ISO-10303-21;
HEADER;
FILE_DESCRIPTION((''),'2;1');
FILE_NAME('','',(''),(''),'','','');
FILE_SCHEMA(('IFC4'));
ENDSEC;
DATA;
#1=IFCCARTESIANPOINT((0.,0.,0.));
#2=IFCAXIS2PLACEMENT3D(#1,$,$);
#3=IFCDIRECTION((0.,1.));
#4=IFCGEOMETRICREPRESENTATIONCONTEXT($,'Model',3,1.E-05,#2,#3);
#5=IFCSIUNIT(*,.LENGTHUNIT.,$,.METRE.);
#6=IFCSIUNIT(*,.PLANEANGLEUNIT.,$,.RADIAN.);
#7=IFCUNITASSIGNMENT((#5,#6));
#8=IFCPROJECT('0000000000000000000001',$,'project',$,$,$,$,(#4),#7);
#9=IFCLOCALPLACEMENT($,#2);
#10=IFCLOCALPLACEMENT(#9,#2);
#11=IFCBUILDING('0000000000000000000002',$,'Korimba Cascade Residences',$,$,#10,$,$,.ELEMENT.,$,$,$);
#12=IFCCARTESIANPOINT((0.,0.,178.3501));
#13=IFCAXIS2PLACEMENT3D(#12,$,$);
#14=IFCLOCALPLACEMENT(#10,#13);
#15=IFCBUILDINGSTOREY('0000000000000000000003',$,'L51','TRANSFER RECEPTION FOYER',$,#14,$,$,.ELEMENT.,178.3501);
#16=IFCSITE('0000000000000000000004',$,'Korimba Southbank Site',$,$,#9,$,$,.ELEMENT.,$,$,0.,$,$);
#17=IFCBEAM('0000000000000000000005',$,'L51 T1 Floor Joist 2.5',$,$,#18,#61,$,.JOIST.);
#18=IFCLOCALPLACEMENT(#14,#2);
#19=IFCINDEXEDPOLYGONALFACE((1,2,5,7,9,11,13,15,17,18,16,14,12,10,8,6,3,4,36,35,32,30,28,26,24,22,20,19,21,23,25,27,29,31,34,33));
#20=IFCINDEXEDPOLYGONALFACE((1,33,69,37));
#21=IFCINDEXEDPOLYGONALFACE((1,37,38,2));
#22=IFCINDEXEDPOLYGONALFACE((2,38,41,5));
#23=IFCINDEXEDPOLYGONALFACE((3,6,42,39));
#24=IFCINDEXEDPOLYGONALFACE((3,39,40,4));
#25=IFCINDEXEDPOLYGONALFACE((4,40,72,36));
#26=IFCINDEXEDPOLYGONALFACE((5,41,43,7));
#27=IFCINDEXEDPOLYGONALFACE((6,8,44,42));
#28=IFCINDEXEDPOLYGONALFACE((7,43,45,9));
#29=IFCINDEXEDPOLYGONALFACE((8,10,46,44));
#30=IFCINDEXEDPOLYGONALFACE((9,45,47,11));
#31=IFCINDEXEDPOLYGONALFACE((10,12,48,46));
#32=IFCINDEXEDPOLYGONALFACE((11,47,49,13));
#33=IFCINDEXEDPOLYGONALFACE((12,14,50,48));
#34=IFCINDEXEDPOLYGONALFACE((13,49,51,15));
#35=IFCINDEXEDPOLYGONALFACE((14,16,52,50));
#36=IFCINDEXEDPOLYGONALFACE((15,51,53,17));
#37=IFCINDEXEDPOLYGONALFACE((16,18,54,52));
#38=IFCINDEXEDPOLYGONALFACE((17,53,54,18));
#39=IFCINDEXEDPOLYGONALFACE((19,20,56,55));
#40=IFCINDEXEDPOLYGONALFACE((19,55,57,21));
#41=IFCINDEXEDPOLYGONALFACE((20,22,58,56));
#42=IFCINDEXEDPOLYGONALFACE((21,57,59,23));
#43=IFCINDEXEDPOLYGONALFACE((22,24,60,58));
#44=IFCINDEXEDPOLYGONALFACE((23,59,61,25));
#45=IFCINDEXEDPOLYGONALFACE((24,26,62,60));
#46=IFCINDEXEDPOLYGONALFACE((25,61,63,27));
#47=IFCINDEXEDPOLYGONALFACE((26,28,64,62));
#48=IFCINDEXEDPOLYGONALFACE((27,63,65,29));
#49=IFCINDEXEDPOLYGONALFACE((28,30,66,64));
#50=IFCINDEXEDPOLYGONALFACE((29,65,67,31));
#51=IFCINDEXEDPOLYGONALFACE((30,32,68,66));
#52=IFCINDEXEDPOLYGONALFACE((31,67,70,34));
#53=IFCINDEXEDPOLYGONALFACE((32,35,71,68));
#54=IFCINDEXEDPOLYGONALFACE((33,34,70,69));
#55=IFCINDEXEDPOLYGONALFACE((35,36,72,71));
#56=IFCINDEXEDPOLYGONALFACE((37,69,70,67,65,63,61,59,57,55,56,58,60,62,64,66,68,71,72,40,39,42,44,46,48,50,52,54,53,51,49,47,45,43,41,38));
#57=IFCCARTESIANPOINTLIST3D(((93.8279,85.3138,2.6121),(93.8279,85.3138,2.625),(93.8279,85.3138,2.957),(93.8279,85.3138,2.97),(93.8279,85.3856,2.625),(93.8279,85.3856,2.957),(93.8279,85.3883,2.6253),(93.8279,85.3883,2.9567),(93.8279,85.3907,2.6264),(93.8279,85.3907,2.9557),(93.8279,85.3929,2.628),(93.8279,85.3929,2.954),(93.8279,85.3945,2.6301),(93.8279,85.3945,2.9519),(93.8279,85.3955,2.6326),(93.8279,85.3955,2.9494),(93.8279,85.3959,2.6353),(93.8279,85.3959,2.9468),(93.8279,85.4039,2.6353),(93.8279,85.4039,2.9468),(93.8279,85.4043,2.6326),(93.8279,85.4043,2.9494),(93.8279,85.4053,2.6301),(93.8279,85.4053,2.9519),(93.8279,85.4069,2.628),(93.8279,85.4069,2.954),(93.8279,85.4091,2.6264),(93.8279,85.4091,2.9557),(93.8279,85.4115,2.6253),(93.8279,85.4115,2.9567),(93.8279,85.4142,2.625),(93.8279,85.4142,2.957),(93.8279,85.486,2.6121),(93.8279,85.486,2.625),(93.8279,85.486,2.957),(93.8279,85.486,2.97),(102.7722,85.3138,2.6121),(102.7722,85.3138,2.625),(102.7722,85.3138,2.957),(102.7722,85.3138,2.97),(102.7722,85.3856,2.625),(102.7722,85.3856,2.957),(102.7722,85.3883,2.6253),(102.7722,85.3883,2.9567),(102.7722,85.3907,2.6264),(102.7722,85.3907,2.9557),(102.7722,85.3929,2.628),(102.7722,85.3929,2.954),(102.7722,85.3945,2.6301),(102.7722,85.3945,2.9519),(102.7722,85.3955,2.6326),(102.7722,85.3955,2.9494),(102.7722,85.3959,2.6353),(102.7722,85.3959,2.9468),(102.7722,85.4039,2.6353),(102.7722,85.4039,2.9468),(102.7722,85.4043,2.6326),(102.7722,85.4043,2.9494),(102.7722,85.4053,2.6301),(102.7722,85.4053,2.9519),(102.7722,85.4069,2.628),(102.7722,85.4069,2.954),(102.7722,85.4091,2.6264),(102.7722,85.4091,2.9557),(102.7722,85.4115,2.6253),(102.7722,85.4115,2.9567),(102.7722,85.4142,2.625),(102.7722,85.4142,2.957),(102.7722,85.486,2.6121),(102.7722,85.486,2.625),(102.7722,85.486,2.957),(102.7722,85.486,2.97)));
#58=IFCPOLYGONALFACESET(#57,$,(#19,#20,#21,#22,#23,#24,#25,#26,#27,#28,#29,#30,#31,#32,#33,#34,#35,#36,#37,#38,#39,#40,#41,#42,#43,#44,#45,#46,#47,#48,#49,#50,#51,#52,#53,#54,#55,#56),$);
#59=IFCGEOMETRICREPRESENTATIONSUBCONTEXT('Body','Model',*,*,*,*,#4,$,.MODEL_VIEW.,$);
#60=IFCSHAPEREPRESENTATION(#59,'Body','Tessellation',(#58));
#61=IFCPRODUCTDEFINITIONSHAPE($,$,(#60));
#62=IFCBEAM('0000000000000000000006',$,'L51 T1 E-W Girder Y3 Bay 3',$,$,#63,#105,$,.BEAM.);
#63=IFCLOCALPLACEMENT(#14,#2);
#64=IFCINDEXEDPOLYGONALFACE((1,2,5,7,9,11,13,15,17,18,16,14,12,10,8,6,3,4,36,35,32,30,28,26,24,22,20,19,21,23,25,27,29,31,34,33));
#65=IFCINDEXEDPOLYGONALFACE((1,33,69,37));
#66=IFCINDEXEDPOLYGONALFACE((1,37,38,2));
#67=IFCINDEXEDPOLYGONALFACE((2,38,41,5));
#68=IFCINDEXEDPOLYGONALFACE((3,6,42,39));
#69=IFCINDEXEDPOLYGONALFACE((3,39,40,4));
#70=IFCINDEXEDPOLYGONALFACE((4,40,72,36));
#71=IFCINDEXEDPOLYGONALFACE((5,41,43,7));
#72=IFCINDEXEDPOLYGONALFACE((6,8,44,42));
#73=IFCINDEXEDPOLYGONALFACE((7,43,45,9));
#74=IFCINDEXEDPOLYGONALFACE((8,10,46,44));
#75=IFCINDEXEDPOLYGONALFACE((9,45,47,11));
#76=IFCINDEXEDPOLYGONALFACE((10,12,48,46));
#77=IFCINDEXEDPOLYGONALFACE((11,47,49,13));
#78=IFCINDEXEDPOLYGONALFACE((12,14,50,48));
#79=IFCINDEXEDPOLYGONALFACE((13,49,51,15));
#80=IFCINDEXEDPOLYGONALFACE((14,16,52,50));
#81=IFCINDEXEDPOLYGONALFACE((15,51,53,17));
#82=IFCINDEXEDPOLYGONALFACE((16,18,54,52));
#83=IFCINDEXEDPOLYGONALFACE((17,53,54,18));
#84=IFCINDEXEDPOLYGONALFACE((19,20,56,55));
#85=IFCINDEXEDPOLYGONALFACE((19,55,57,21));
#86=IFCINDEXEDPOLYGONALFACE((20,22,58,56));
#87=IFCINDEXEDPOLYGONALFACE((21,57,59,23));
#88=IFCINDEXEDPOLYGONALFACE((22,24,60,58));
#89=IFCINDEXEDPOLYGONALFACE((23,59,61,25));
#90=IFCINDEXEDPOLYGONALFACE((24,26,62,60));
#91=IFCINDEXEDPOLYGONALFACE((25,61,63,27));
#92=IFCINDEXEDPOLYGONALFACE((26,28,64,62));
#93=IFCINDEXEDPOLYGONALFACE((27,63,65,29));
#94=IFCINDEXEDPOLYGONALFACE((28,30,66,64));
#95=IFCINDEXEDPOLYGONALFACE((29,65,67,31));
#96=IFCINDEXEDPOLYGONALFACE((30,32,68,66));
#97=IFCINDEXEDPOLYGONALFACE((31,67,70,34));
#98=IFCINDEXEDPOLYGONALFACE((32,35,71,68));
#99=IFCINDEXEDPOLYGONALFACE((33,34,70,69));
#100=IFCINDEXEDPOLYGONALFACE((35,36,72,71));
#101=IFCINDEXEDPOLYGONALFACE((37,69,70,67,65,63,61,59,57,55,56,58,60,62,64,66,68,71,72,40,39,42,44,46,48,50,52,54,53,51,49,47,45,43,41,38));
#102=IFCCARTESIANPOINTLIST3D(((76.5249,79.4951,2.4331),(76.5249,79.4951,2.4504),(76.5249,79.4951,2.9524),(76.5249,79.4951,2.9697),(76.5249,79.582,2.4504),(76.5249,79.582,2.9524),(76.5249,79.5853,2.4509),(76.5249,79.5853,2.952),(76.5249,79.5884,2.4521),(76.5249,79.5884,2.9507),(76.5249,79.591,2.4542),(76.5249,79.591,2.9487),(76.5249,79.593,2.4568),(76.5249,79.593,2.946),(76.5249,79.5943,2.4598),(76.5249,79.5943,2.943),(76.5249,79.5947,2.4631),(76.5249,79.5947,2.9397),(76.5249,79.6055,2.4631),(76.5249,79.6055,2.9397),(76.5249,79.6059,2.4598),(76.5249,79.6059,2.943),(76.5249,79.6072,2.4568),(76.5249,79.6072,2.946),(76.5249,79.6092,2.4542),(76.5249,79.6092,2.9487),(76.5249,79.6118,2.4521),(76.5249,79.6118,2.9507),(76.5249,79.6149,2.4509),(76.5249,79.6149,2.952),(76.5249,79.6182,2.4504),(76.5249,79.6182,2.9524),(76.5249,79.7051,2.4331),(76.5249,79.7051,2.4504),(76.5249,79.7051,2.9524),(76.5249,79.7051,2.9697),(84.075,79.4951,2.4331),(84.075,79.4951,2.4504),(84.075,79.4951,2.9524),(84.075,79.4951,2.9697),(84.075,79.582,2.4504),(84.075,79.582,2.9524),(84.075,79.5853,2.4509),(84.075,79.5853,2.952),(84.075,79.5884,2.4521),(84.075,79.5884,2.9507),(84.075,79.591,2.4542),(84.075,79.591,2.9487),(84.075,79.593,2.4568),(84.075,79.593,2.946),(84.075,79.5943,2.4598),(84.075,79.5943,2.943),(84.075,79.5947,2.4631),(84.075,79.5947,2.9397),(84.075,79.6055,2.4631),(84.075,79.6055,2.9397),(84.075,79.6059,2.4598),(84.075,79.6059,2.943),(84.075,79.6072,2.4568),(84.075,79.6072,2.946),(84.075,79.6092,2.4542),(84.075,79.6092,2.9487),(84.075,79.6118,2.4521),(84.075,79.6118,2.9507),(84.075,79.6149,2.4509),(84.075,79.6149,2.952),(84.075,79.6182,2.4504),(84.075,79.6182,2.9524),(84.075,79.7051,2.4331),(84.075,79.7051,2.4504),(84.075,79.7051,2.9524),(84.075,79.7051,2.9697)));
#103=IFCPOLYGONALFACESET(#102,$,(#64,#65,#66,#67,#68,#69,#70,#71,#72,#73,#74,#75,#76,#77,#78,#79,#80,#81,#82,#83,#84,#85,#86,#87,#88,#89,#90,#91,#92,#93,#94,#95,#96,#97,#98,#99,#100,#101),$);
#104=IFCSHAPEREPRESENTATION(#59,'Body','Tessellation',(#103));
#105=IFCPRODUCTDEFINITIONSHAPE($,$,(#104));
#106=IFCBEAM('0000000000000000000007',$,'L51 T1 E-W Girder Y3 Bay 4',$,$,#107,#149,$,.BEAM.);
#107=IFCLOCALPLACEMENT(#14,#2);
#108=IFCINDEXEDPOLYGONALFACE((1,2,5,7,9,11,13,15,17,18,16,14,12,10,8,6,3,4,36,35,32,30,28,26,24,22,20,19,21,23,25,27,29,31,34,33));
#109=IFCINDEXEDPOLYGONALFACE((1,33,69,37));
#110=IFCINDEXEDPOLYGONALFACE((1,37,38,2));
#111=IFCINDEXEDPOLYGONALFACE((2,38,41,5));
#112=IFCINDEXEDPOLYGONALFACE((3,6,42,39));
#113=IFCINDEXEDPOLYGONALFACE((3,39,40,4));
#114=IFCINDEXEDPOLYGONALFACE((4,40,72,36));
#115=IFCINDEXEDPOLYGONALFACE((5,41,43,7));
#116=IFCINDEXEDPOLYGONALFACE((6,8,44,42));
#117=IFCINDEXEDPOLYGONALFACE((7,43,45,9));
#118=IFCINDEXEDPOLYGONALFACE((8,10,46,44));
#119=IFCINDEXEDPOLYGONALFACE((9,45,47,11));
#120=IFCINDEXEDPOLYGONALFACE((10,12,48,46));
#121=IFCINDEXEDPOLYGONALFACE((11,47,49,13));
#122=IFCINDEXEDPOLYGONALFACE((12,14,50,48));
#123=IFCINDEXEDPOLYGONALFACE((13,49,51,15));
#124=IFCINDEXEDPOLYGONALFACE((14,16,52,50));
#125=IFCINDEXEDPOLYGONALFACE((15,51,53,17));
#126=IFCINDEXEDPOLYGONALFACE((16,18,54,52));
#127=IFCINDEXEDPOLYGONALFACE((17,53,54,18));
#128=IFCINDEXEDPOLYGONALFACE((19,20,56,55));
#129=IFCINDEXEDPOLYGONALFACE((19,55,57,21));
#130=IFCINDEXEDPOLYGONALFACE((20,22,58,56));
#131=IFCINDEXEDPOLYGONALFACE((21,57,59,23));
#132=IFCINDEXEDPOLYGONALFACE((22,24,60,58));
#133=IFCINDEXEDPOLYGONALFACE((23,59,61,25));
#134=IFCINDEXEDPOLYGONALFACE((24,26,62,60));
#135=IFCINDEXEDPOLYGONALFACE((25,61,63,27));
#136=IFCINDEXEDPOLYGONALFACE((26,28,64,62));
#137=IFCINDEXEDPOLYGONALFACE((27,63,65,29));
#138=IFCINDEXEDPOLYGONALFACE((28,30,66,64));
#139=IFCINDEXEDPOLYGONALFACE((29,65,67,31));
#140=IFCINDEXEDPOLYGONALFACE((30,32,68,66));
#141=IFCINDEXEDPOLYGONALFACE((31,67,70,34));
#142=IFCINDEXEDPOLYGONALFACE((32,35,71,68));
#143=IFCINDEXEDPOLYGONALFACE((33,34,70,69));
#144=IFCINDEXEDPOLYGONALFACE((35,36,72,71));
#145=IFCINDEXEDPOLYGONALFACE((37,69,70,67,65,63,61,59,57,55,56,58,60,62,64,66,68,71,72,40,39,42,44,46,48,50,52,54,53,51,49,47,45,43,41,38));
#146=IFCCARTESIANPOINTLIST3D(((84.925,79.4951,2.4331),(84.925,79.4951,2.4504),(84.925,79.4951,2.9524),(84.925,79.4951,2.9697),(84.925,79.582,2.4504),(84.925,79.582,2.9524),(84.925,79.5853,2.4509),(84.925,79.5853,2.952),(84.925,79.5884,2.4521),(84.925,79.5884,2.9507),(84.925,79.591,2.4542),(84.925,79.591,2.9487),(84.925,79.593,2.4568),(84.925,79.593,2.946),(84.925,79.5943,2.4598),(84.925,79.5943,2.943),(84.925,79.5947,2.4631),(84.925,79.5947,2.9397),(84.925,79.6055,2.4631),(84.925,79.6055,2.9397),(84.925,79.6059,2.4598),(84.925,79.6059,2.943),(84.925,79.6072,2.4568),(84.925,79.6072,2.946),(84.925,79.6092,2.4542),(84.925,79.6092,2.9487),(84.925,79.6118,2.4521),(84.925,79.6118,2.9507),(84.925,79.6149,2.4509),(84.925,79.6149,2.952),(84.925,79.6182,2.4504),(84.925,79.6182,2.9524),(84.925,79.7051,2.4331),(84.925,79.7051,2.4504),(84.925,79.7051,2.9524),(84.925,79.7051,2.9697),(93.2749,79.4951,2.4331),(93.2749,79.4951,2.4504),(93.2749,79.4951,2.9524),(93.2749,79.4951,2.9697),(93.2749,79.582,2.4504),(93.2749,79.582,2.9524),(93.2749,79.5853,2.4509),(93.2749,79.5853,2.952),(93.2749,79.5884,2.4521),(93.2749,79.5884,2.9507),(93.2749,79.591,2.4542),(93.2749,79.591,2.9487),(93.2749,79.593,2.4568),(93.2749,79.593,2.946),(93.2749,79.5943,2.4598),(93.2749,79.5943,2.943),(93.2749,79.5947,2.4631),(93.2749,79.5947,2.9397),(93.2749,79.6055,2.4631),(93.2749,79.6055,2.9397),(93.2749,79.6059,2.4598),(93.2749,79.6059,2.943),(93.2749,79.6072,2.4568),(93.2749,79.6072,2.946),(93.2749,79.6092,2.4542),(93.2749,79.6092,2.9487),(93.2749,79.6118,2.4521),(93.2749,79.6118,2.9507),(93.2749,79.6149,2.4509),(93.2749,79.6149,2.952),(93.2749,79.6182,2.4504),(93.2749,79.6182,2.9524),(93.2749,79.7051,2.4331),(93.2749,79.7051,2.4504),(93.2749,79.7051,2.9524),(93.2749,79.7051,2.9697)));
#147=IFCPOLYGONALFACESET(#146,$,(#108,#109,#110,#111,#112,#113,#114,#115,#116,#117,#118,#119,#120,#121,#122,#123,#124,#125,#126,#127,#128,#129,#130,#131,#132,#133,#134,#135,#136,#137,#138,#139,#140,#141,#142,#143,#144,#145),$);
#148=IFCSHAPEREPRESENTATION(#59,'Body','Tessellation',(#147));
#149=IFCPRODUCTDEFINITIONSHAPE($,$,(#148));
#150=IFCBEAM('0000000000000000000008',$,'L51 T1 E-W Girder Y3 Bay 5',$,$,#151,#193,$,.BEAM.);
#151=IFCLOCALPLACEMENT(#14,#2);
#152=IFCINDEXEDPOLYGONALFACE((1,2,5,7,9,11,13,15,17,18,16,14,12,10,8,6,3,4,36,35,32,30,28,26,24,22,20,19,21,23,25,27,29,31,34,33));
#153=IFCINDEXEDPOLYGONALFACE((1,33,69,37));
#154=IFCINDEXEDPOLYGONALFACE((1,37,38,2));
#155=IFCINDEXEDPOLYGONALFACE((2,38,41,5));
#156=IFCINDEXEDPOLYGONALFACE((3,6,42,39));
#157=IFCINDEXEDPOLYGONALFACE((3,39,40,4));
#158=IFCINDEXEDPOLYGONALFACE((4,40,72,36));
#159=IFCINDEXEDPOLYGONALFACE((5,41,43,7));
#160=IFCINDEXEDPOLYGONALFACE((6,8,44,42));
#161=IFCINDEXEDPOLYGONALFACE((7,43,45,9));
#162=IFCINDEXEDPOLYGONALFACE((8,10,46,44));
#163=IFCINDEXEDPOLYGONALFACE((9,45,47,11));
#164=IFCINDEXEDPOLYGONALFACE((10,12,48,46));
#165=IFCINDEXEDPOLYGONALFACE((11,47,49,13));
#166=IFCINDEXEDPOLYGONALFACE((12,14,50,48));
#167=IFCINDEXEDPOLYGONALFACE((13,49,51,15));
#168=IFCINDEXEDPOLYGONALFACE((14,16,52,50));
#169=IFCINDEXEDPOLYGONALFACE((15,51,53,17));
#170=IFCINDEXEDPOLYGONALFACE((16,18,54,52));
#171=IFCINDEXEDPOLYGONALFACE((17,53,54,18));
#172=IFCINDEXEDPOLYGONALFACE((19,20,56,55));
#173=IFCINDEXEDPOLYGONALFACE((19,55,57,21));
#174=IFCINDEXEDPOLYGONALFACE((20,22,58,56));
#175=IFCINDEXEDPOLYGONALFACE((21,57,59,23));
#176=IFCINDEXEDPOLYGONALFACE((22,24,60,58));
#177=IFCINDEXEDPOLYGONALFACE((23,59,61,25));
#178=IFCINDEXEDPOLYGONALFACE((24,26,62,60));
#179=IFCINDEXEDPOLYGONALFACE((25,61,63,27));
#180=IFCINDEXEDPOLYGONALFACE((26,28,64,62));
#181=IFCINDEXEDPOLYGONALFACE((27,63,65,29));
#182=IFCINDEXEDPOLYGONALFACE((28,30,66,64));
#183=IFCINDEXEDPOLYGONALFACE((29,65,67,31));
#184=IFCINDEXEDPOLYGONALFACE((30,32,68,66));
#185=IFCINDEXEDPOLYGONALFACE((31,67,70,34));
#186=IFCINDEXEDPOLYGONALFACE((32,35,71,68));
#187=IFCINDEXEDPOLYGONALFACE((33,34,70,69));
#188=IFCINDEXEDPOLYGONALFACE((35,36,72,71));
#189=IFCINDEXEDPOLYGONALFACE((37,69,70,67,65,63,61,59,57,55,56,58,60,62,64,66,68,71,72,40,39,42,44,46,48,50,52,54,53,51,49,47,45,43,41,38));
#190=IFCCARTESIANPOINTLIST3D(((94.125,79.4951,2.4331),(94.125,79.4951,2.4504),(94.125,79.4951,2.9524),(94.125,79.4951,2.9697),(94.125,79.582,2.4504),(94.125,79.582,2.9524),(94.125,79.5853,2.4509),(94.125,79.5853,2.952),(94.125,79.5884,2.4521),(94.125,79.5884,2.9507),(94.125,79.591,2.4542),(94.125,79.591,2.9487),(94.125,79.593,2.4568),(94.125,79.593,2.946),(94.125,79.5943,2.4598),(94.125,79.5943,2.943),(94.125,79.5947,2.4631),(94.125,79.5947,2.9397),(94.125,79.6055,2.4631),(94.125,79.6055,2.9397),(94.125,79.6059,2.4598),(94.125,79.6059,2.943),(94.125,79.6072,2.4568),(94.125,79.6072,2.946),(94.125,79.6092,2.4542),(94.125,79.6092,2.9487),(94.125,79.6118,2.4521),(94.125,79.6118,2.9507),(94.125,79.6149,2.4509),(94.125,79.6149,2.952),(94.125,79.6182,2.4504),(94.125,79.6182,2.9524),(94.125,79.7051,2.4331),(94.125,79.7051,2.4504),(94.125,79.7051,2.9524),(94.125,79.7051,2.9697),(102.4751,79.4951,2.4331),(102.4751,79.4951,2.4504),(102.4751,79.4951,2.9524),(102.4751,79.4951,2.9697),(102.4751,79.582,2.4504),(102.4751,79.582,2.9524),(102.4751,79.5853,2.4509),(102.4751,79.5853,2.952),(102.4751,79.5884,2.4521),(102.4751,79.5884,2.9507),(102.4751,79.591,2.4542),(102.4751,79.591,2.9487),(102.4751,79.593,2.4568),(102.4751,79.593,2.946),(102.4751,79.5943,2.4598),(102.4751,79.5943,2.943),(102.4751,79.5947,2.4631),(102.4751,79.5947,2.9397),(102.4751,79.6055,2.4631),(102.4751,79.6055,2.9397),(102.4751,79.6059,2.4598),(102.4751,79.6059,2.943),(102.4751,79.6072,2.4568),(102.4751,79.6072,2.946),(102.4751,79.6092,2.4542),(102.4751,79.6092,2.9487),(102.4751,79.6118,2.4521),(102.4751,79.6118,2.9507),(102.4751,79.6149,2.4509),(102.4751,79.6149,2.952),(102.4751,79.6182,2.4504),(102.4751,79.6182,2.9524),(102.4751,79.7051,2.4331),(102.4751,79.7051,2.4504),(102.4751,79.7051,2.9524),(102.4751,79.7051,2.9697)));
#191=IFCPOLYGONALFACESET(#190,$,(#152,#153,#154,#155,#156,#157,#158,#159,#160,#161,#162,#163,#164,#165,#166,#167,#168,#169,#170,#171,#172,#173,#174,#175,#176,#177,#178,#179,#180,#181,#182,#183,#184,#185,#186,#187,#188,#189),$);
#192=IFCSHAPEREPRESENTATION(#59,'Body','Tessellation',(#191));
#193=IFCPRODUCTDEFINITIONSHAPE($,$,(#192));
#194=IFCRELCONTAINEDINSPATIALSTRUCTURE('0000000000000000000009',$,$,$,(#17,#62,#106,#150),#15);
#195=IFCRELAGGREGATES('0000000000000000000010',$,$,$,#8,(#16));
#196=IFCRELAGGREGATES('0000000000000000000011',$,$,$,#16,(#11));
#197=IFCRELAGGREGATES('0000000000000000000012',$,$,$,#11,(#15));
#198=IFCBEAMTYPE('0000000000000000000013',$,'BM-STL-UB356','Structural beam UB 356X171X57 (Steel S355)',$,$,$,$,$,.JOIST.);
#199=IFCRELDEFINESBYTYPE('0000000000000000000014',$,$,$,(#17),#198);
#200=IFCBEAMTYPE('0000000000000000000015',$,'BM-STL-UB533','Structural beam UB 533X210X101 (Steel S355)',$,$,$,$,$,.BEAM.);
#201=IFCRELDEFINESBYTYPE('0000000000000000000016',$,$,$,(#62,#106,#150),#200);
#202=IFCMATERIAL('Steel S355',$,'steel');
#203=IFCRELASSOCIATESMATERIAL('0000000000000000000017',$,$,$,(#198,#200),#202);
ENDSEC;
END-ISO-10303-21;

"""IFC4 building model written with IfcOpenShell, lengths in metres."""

from ifc_helpers import new_model, si_unit, direction, frame, origin, origin_2d, place, context, subcontext, project, spatial, i_section, extrude, material, material_profile, profile_set, type_object, element, save


model = new_model("IFC4")

# Units and contexts
model_context = context("Model", 3, precision=1e-05, world=origin(), true_north=direction((0.0, 1.0)))
body_context = subcontext(model_context, "Body", "Model", "MODEL_VIEW")
ifc_project = project(units=[si_unit("LENGTHUNIT", "METRE"), si_unit("PLANEANGLEUNIT", "RADIAN")], contexts=[model_context])

# Site, building, storey
site_placement = place(None, origin())
site = spatial("IfcSite", under=ifc_project, at=site_placement, Name="Korimba Southbank Site", CompositionType="ELEMENT", RefElevation=0.0)
building_placement = place(site_placement, origin())
building = spatial("IfcBuilding", under=site, at=building_placement, Name="Korimba Cascade Residences", CompositionType="ELEMENT")
storey_placement = place(building_placement, frame((0.0, 0.0, 178.3501)))
storey = spatial("IfcBuildingStorey", under=building, at=storey_placement, Name="L51", Description="TRANSFER RECEPTION FOYER", CompositionType="ELEMENT", Elevation=178.3501)

# Beams
ifc_material_1 = material(Name="Steel S355", Category="steel")
ifc_material_profile_1 = material_profile(ifc_material_1, i_section(OverallWidth=0.1721, OverallDepth=0.3579, WebThickness=0.0081, FlangeThickness=0.0129, FilletRadius=0.0103, at=origin_2d()), Name="Steel S355")
ifc_profile_set_1 = profile_set([ifc_material_profile_1], Name="Steel S355")
beam_type_1 = type_object("IfcBeamType", Name="BM-STL-UB356", Description="Structural beam UB 356X171X57 (Steel S355)", PredefinedType="JOIST", material=ifc_profile_set_1)
beam_1_placement = place(storey_placement, frame((93.8279, 85.3999, 2.791), z_axis=(1.0, 0.0, 0.0), x_axis=(0.0, 1.0, 0.0)))
element("IfcBeam", 1, at=beam_1_placement, inside=storey, type_object=beam_type_1, Name="L51 T1 Floor Joist 2.5", PredefinedType="JOIST", context=body_context, shape_type="SweptSolid", body=[
    extrude(i_section(OverallWidth=0.1721, OverallDepth=0.3579, WebThickness=0.0081, FlangeThickness=0.0129, FilletRadius=0.0103, at=origin_2d()), origin(), (0.0, 0.0, 1.0), 8.9443),
])
ifc_material_profile_2 = material_profile(ifc_material_1, i_section(OverallWidth=0.21, OverallDepth=0.5366, WebThickness=0.0107, FlangeThickness=0.0173, FilletRadius=0.0127, at=origin_2d()), Name="Steel S355")
ifc_profile_set_2 = profile_set([ifc_material_profile_2], Name="Steel S355")
beam_type_2 = type_object("IfcBeamType", Name="BM-STL-UB533", Description="Structural beam UB 533X210X101 (Steel S355)", PredefinedType="BEAM", material=ifc_profile_set_2)
beam_2_placement = place(storey_placement, frame((76.5249, 79.6001, 2.7014), z_axis=(1.0, 0.0, 0.0), x_axis=(0.0, 1.0, 0.0)))
element("IfcBeam", 2, at=beam_2_placement, inside=storey, type_object=beam_type_2, Name="L51 T1 E-W Girder Y3 Bay 3", PredefinedType="BEAM", context=body_context, shape_type="SweptSolid", body=[
    extrude(i_section(OverallWidth=0.21, OverallDepth=0.5366, WebThickness=0.0107, FlangeThickness=0.0173, FilletRadius=0.0127, at=origin_2d()), origin(), (0.0, 0.0, 1.0), 7.55),
])
beam_3_placement = place(storey_placement, frame((84.925, 79.6001, 2.7014), z_axis=(1.0, 0.0, 0.0), x_axis=(0.0, 1.0, 0.0)))
element("IfcBeam", 3, at=beam_3_placement, inside=storey, type_object=beam_type_2, Name="L51 T1 E-W Girder Y3 Bay 4", PredefinedType="BEAM", context=body_context, shape_type="SweptSolid", body=[
    extrude(i_section(OverallWidth=0.21, OverallDepth=0.5366, WebThickness=0.0107, FlangeThickness=0.0173, FilletRadius=0.0127, at=origin_2d()), origin(), (0.0, 0.0, 1.0), 8.3499),
])
beam_4_placement = place(storey_placement, frame((94.125, 79.6001, 2.7014), z_axis=(1.0, 0.0, 0.0), x_axis=(0.0, 1.0, 0.0)))
element("IfcBeam", 4, at=beam_4_placement, inside=storey, type_object=beam_type_2, Name="L51 T1 E-W Girder Y3 Bay 5", PredefinedType="BEAM", context=body_context, shape_type="SweptSolid", body=[
    extrude(i_section(OverallWidth=0.21, OverallDepth=0.5366, WebThickness=0.0107, FlangeThickness=0.0173, FilletRadius=0.0127, at=origin_2d()), origin(), (0.0, 0.0, 1.0), 8.3501),
])

save(model, "model.ifc")
